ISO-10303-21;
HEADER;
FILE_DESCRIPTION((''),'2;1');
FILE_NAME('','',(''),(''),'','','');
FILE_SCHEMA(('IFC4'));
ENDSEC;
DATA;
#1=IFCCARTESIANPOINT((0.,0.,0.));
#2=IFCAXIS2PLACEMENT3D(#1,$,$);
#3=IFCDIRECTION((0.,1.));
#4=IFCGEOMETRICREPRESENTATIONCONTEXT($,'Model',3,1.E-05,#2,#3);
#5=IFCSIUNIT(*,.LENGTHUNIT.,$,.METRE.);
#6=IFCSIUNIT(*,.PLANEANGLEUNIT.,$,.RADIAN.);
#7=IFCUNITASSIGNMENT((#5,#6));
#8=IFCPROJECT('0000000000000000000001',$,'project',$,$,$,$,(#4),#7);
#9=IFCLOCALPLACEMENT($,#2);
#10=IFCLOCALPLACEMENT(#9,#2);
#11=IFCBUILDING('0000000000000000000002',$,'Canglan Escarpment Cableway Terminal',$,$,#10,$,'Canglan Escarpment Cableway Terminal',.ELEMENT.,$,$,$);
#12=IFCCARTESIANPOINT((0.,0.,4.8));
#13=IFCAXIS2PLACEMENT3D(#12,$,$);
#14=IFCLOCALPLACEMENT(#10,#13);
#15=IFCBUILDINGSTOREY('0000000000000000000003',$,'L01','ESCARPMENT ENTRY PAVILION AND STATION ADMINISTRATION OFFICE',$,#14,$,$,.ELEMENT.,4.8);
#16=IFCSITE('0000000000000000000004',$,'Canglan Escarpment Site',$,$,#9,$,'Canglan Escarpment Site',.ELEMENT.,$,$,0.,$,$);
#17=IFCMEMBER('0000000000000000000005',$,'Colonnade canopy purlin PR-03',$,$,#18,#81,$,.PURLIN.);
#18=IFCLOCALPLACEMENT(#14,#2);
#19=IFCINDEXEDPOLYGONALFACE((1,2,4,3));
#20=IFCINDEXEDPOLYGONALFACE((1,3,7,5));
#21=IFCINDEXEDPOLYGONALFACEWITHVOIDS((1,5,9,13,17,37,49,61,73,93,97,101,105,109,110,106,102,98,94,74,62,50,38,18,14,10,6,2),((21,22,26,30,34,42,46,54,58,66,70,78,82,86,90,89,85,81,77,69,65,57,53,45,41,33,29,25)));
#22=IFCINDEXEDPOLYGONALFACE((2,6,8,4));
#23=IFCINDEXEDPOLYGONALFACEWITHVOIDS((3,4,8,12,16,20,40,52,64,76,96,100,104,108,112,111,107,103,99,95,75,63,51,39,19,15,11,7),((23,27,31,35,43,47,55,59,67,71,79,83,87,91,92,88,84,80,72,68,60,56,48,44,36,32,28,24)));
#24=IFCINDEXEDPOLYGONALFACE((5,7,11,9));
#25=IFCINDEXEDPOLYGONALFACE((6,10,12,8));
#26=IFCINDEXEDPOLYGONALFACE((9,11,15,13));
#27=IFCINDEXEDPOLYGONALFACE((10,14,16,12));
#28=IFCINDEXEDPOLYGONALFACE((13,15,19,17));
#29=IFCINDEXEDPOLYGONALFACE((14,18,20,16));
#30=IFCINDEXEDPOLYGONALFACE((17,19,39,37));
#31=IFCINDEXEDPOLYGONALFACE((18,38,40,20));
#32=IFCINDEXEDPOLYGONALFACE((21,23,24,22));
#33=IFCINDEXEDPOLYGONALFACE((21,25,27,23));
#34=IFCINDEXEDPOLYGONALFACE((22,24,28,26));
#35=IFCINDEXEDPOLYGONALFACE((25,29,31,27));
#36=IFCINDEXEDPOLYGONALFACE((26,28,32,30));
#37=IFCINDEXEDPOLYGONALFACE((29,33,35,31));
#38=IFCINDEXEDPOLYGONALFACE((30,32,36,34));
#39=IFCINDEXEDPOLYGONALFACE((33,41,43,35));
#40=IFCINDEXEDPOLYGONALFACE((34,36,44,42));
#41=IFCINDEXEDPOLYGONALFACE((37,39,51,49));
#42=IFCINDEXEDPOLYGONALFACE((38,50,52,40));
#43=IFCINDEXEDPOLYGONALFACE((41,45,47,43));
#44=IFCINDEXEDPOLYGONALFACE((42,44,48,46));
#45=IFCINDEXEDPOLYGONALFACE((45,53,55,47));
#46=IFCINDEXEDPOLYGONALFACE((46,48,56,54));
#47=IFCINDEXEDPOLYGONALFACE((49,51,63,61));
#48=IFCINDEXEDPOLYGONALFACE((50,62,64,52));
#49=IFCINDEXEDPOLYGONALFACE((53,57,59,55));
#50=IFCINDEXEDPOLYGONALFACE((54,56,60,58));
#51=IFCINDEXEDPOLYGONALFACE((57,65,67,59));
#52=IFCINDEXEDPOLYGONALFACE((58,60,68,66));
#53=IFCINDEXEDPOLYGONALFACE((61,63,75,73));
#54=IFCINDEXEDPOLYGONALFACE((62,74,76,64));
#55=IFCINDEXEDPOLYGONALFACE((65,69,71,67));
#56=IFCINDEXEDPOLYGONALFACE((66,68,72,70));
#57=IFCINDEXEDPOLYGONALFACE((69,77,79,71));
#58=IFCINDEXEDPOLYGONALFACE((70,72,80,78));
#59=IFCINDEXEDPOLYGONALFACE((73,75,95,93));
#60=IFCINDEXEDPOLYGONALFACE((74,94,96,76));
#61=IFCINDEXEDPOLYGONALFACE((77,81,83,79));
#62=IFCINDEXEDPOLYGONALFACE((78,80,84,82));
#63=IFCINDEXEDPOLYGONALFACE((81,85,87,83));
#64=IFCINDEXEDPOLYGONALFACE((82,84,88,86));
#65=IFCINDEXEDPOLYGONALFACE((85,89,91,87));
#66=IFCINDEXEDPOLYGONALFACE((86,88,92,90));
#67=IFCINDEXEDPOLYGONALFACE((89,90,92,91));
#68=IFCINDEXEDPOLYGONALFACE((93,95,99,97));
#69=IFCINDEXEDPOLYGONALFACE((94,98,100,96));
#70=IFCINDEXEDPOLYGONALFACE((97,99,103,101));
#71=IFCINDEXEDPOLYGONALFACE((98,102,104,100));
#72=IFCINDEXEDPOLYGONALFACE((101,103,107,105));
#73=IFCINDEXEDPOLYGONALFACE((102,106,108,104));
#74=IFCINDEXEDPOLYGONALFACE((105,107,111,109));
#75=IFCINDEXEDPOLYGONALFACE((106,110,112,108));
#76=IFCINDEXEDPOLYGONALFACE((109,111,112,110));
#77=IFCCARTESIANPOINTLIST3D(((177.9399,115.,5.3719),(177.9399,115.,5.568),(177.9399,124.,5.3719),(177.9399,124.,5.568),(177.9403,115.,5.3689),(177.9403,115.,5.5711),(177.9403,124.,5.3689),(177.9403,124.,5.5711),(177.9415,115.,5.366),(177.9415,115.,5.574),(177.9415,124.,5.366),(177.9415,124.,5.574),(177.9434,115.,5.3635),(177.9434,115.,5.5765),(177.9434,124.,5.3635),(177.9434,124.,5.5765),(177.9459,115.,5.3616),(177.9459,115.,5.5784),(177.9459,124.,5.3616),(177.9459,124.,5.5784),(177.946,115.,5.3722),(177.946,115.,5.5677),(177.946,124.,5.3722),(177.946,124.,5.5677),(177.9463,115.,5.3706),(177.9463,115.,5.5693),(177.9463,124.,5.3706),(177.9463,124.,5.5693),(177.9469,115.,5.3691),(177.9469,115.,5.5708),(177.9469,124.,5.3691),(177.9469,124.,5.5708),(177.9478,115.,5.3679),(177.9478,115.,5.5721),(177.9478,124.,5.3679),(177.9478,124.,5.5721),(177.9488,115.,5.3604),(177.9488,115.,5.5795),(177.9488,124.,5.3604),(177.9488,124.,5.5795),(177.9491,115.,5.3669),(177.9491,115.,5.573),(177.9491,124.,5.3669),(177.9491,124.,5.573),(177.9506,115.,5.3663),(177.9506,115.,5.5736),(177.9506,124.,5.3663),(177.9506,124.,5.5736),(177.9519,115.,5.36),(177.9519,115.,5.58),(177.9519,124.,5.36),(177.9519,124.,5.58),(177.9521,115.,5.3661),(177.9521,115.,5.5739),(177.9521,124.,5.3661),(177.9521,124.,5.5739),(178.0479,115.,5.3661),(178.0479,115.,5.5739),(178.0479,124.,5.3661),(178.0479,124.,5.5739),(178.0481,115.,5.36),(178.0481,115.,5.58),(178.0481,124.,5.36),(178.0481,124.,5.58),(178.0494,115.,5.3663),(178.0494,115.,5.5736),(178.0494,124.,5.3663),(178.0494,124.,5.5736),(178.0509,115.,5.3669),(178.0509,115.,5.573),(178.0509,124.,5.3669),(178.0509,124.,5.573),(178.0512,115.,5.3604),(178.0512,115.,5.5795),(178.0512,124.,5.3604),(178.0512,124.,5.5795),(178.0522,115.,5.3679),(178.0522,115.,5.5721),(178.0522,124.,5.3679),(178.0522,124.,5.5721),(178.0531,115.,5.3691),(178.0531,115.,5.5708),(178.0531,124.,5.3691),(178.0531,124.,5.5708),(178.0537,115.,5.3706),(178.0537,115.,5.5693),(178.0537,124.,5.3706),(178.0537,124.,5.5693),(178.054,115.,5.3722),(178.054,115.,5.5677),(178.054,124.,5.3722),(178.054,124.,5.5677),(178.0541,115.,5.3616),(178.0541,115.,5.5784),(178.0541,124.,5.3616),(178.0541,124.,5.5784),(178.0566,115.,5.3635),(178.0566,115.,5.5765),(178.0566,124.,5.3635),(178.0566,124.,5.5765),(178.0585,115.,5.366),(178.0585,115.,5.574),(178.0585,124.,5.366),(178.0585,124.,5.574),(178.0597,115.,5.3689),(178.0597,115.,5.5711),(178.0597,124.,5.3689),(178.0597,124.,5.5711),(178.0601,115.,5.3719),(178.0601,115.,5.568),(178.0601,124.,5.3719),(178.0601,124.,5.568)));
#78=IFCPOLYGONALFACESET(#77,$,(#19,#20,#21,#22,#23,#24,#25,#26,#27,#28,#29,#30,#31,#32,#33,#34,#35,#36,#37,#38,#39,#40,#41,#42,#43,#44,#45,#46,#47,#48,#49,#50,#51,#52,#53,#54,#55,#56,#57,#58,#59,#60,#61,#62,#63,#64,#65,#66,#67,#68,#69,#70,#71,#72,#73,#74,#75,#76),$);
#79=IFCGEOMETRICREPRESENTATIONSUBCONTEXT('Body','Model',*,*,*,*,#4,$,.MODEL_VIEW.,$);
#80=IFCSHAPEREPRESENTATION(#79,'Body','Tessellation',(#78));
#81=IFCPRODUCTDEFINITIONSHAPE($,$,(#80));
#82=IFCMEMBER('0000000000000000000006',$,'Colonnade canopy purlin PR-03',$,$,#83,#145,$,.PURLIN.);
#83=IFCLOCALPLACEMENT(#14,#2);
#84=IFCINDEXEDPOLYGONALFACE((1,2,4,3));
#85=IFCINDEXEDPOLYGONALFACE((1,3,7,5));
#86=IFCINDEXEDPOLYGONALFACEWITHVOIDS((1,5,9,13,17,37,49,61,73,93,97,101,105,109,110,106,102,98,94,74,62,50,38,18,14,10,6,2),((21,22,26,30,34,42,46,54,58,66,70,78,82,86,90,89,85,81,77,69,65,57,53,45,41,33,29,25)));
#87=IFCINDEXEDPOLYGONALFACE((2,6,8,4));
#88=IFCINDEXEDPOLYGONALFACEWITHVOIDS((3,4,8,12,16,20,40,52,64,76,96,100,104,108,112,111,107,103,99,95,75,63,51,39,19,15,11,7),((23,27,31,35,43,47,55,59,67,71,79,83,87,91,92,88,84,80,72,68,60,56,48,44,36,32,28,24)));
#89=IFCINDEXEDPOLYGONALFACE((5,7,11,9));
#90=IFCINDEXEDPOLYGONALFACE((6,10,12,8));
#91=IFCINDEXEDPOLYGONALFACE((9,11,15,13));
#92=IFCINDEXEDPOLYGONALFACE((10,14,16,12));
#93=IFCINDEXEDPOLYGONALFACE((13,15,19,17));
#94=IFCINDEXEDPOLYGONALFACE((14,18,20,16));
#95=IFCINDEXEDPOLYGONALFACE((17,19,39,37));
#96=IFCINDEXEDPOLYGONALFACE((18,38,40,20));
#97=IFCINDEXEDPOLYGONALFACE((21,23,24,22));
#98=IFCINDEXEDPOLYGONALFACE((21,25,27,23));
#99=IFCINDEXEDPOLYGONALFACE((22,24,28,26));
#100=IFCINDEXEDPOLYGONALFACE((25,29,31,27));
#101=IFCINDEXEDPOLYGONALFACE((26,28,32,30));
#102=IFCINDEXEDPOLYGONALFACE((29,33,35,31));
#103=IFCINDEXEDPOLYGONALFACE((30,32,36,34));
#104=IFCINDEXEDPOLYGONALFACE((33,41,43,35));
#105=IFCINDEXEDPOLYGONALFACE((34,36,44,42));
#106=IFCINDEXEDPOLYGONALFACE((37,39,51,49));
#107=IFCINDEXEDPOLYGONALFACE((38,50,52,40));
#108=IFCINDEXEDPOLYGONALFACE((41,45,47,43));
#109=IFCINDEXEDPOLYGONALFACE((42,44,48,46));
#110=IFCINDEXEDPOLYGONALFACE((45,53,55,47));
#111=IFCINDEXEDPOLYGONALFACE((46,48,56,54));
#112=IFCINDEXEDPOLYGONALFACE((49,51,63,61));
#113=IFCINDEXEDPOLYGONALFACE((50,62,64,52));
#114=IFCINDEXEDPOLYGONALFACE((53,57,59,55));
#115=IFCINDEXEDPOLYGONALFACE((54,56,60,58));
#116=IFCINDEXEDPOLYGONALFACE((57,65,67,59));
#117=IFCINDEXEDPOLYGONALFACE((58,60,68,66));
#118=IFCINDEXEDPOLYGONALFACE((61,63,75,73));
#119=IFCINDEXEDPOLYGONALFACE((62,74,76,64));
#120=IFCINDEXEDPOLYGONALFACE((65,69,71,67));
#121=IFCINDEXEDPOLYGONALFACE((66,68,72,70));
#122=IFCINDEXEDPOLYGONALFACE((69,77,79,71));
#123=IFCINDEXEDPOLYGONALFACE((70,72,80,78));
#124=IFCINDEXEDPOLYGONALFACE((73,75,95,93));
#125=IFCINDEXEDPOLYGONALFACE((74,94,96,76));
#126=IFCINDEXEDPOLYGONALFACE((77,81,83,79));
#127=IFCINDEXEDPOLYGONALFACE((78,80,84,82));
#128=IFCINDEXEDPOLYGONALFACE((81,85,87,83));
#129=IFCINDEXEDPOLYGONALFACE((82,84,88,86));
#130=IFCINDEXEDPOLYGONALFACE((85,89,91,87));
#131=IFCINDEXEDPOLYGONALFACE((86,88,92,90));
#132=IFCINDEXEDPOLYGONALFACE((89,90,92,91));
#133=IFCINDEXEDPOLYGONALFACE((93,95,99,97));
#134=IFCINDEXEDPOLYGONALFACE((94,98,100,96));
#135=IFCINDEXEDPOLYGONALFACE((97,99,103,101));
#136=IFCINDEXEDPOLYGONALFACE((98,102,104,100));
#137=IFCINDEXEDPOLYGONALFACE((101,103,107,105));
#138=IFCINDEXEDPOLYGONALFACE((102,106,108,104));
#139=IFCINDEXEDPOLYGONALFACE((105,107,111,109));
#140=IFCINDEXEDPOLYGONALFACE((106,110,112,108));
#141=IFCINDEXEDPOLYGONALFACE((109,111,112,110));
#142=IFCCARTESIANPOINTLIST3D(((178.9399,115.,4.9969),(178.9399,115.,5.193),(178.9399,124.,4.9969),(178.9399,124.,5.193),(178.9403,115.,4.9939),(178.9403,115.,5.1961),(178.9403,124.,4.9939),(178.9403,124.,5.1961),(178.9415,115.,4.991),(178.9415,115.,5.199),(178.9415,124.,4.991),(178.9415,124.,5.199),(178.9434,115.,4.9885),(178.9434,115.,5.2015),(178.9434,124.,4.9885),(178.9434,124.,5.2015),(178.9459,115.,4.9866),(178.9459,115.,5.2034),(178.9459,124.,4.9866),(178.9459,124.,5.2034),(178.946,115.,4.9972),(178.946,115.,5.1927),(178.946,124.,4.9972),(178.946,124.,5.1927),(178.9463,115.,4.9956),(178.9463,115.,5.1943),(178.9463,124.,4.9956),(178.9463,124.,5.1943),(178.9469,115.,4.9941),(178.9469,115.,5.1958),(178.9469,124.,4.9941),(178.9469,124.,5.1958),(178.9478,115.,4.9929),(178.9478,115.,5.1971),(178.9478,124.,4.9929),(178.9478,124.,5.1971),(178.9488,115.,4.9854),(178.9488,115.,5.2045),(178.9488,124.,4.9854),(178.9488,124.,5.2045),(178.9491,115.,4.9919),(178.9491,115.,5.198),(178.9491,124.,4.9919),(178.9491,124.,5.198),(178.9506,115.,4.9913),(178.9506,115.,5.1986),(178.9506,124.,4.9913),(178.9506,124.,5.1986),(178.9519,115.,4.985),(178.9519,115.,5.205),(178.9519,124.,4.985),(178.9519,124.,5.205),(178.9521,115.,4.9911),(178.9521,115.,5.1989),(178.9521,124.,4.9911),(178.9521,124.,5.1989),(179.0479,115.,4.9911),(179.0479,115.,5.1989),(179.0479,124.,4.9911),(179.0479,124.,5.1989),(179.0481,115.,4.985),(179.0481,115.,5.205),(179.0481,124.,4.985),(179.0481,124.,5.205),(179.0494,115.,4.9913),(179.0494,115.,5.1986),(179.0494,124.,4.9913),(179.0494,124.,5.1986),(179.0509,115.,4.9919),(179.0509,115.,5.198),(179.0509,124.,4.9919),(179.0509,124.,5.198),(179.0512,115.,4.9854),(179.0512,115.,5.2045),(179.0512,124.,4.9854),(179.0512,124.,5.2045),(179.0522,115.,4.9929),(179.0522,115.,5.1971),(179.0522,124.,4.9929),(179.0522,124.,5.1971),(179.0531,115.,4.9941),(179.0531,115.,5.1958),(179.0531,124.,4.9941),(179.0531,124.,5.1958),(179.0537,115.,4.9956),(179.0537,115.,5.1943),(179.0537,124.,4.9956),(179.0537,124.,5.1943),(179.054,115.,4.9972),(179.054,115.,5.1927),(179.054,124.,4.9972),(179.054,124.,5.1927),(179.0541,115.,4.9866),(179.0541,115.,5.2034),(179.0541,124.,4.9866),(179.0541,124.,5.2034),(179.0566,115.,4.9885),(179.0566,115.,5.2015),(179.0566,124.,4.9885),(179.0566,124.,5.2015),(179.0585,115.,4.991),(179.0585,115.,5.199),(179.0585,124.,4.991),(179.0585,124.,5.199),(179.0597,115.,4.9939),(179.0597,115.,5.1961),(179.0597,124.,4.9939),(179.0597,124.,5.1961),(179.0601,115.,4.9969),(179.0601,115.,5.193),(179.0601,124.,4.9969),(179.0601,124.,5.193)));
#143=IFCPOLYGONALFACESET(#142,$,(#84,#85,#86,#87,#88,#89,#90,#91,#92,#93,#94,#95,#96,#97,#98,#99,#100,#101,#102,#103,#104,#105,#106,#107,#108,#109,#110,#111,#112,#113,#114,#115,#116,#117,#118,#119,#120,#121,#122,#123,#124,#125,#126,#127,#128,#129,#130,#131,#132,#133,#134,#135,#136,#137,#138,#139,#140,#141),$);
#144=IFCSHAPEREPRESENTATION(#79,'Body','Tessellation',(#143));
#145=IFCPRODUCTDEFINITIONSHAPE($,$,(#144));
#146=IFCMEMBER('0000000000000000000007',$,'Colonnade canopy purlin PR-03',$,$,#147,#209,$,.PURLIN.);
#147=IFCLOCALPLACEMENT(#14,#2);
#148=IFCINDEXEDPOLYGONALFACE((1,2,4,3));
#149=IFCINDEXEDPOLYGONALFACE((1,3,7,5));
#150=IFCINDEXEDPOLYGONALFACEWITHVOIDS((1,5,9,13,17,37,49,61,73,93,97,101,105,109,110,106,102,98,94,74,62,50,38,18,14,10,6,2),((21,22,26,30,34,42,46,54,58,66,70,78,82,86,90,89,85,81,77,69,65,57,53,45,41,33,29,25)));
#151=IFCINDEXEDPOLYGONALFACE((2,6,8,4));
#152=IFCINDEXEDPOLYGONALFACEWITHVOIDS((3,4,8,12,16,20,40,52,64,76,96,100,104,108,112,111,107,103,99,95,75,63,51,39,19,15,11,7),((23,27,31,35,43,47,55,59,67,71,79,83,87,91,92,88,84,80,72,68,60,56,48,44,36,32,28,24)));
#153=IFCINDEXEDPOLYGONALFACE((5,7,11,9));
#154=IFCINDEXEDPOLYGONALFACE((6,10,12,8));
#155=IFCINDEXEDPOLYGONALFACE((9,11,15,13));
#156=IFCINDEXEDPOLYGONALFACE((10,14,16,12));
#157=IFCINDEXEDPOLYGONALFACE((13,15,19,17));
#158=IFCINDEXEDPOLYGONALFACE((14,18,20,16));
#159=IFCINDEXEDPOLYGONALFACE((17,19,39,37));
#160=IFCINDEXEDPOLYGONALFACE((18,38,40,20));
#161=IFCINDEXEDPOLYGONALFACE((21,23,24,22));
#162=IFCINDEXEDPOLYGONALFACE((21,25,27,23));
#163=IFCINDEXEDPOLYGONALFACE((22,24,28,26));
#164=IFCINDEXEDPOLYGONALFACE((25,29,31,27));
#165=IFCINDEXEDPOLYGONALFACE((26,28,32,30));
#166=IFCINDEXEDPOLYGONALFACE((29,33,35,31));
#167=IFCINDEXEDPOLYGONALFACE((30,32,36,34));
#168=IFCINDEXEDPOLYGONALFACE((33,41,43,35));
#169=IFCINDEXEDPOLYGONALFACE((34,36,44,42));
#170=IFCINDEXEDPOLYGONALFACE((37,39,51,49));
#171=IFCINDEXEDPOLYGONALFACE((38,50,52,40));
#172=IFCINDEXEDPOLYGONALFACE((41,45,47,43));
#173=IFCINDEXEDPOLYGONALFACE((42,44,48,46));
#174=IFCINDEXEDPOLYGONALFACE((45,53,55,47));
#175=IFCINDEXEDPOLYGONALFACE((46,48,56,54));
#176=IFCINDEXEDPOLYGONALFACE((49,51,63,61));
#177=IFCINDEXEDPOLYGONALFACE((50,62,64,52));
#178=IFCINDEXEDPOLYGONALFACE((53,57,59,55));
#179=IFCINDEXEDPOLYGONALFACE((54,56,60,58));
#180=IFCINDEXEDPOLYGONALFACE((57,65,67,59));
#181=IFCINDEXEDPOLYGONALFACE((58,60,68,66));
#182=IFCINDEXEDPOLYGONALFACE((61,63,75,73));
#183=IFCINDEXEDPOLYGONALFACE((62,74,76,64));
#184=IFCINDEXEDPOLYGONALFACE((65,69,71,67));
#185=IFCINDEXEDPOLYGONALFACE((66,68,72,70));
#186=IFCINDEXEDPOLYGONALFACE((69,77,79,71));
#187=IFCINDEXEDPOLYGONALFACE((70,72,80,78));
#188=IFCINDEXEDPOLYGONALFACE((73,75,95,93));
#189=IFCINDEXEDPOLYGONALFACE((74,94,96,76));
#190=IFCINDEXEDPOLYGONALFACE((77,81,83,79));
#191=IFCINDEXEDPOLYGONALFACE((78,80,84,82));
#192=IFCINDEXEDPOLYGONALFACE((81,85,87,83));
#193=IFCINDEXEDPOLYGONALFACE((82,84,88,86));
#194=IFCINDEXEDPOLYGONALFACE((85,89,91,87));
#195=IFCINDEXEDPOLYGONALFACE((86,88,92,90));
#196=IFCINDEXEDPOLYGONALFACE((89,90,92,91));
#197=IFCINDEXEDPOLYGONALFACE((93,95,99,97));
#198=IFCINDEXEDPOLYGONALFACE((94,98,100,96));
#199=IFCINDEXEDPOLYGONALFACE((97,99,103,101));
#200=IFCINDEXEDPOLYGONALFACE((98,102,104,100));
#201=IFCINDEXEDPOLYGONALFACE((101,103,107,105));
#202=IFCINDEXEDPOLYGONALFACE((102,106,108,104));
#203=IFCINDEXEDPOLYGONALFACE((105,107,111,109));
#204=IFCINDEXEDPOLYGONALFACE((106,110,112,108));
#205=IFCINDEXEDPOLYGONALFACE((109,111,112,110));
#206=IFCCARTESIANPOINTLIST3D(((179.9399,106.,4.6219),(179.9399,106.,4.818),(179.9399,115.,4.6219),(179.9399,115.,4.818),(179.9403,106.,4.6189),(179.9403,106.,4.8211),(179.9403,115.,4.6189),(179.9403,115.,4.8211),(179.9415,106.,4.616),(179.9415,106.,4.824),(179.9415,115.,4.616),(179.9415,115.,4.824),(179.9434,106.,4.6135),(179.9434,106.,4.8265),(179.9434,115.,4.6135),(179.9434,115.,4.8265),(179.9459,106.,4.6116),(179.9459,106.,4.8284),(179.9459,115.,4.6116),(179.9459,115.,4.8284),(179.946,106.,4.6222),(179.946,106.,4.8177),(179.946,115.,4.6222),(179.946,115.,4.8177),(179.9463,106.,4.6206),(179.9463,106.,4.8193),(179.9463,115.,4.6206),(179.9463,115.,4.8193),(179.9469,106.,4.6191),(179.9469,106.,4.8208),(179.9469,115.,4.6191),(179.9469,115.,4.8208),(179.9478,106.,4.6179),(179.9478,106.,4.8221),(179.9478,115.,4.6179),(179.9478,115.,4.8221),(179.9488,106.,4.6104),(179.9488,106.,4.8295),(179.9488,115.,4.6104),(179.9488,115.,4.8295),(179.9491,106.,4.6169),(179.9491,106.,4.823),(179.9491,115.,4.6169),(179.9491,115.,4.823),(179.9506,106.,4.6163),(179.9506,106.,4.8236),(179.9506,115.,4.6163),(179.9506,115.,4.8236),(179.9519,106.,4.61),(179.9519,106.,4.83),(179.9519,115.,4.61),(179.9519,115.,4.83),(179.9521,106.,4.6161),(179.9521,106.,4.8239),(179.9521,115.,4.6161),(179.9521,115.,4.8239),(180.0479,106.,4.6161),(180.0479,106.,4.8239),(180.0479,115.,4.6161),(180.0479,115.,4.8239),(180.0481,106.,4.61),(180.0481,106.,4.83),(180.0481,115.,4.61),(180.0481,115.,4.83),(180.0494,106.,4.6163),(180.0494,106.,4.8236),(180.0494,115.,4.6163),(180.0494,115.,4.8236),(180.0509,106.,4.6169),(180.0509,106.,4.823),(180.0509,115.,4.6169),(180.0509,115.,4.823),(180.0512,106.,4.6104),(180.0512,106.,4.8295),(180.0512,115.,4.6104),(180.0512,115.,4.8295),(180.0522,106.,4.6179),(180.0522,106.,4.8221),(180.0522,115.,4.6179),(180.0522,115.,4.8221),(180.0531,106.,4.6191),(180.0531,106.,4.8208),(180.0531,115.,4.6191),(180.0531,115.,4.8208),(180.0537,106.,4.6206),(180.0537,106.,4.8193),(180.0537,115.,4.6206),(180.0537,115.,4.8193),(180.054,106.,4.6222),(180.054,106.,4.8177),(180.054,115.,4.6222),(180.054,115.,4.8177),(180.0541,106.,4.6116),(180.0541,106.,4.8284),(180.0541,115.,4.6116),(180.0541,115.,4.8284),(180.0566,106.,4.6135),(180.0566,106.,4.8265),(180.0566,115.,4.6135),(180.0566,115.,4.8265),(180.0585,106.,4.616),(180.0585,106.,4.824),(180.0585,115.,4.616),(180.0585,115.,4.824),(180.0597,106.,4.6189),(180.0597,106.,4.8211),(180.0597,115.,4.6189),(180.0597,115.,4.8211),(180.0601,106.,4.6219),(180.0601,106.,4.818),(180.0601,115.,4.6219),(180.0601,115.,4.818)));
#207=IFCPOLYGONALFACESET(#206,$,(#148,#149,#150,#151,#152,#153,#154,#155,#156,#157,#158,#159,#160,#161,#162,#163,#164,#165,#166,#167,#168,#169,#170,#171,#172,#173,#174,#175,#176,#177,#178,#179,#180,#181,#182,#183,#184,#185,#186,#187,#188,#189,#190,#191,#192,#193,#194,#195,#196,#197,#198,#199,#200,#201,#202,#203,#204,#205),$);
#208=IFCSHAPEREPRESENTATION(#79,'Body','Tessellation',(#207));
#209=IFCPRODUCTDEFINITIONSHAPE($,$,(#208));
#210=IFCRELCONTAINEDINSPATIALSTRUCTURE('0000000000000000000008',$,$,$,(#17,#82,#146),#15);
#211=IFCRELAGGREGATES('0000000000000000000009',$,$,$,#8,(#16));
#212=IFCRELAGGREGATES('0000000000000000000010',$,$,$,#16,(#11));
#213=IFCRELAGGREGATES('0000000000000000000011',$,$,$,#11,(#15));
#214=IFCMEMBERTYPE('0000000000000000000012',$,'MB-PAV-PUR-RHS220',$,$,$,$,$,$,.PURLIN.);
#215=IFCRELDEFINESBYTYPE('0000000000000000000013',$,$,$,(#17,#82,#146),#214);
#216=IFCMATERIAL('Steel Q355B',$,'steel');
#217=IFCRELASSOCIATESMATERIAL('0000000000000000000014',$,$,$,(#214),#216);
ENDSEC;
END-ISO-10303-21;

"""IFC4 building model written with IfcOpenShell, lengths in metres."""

from ifc_helpers import new_model, si_unit, direction, frame, origin, origin_2d, place, context, subcontext, project, spatial, hollow_rectangle, extrude, material, material_profile, profile_set, type_object, element, save


model = new_model("IFC4")

# Units and contexts
model_context = context("Model", 3, precision=1e-05, world=origin(), true_north=direction((0.0, 1.0)))
body_context = subcontext(model_context, "Body", "Model", "MODEL_VIEW")
ifc_project = project(units=[si_unit("LENGTHUNIT", "METRE"), si_unit("PLANEANGLEUNIT", "RADIAN")], contexts=[model_context])

# Site, building, storey
site_placement = place(None, origin())
site = spatial("IfcSite", under=ifc_project, at=site_placement, Name="Canglan Escarpment Site", LongName="Canglan Escarpment Site", CompositionType="ELEMENT", RefElevation=0.0)
building_placement = place(site_placement, origin())
building = spatial("IfcBuilding", under=site, at=building_placement, Name="Canglan Escarpment Cableway Terminal", LongName="Canglan Escarpment Cableway Terminal", CompositionType="ELEMENT")
storey_placement = place(building_placement, frame((0.0, 0.0, 4.8)))
storey = spatial("IfcBuildingStorey", under=building, at=storey_placement, Name="L01", Description="ESCARPMENT ENTRY PAVILION AND STATION ADMINISTRATION OFFICE", CompositionType="ELEMENT", Elevation=4.8)

# Members
ifc_material_1 = material(Name="Steel Q355B", Category="steel")
ifc_material_profile_1 = material_profile(ifc_material_1, hollow_rectangle(XDim=0.1201, YDim=0.22, WallThickness=0.0061, InnerFilletRadius=0.0061, OuterFilletRadius=0.012, at=origin_2d()), Name="RHS 220x120x6")
ifc_profile_set_1 = profile_set([ifc_material_profile_1], Name="Steel Q355B")
member_type_1 = type_object("IfcMemberType", Name="MB-PAV-PUR-RHS220", PredefinedType="PURLIN", material=ifc_profile_set_1)
for number, where, z_axis, x_axis, name in (
    (1, (178.0, 115.0, 5.47), (0.0, 1.0, 0.0), (-1.0, 0.0, 0.0), "Colonnade canopy purlin PR-03"),
    (2, (179.0, 115.0, 5.095), (0.0, 1.0, 0.0), (-1.0, 0.0, 0.0), "Colonnade canopy purlin PR-03"),
    (3, (180.0, 106.0, 4.72), (0.0, 1.0, 0.0), (-1.0, 0.0, 0.0), "Colonnade canopy purlin PR-03"),
):
    element("IfcMember", number, at=place(storey_placement, frame(where, z_axis=z_axis, x_axis=x_axis)), inside=storey, type_object=member_type_1, Name=name, PredefinedType="PURLIN", context=body_context, shape_type="SweptSolid", body=[
        extrude(hollow_rectangle(XDim=0.1201, YDim=0.22, WallThickness=0.0061, InnerFilletRadius=0.0061, OuterFilletRadius=0.012, at=origin_2d()), origin(), (0.0, 0.0, 1.0), 9.0),
    ])

save(model, "model.ifc")
